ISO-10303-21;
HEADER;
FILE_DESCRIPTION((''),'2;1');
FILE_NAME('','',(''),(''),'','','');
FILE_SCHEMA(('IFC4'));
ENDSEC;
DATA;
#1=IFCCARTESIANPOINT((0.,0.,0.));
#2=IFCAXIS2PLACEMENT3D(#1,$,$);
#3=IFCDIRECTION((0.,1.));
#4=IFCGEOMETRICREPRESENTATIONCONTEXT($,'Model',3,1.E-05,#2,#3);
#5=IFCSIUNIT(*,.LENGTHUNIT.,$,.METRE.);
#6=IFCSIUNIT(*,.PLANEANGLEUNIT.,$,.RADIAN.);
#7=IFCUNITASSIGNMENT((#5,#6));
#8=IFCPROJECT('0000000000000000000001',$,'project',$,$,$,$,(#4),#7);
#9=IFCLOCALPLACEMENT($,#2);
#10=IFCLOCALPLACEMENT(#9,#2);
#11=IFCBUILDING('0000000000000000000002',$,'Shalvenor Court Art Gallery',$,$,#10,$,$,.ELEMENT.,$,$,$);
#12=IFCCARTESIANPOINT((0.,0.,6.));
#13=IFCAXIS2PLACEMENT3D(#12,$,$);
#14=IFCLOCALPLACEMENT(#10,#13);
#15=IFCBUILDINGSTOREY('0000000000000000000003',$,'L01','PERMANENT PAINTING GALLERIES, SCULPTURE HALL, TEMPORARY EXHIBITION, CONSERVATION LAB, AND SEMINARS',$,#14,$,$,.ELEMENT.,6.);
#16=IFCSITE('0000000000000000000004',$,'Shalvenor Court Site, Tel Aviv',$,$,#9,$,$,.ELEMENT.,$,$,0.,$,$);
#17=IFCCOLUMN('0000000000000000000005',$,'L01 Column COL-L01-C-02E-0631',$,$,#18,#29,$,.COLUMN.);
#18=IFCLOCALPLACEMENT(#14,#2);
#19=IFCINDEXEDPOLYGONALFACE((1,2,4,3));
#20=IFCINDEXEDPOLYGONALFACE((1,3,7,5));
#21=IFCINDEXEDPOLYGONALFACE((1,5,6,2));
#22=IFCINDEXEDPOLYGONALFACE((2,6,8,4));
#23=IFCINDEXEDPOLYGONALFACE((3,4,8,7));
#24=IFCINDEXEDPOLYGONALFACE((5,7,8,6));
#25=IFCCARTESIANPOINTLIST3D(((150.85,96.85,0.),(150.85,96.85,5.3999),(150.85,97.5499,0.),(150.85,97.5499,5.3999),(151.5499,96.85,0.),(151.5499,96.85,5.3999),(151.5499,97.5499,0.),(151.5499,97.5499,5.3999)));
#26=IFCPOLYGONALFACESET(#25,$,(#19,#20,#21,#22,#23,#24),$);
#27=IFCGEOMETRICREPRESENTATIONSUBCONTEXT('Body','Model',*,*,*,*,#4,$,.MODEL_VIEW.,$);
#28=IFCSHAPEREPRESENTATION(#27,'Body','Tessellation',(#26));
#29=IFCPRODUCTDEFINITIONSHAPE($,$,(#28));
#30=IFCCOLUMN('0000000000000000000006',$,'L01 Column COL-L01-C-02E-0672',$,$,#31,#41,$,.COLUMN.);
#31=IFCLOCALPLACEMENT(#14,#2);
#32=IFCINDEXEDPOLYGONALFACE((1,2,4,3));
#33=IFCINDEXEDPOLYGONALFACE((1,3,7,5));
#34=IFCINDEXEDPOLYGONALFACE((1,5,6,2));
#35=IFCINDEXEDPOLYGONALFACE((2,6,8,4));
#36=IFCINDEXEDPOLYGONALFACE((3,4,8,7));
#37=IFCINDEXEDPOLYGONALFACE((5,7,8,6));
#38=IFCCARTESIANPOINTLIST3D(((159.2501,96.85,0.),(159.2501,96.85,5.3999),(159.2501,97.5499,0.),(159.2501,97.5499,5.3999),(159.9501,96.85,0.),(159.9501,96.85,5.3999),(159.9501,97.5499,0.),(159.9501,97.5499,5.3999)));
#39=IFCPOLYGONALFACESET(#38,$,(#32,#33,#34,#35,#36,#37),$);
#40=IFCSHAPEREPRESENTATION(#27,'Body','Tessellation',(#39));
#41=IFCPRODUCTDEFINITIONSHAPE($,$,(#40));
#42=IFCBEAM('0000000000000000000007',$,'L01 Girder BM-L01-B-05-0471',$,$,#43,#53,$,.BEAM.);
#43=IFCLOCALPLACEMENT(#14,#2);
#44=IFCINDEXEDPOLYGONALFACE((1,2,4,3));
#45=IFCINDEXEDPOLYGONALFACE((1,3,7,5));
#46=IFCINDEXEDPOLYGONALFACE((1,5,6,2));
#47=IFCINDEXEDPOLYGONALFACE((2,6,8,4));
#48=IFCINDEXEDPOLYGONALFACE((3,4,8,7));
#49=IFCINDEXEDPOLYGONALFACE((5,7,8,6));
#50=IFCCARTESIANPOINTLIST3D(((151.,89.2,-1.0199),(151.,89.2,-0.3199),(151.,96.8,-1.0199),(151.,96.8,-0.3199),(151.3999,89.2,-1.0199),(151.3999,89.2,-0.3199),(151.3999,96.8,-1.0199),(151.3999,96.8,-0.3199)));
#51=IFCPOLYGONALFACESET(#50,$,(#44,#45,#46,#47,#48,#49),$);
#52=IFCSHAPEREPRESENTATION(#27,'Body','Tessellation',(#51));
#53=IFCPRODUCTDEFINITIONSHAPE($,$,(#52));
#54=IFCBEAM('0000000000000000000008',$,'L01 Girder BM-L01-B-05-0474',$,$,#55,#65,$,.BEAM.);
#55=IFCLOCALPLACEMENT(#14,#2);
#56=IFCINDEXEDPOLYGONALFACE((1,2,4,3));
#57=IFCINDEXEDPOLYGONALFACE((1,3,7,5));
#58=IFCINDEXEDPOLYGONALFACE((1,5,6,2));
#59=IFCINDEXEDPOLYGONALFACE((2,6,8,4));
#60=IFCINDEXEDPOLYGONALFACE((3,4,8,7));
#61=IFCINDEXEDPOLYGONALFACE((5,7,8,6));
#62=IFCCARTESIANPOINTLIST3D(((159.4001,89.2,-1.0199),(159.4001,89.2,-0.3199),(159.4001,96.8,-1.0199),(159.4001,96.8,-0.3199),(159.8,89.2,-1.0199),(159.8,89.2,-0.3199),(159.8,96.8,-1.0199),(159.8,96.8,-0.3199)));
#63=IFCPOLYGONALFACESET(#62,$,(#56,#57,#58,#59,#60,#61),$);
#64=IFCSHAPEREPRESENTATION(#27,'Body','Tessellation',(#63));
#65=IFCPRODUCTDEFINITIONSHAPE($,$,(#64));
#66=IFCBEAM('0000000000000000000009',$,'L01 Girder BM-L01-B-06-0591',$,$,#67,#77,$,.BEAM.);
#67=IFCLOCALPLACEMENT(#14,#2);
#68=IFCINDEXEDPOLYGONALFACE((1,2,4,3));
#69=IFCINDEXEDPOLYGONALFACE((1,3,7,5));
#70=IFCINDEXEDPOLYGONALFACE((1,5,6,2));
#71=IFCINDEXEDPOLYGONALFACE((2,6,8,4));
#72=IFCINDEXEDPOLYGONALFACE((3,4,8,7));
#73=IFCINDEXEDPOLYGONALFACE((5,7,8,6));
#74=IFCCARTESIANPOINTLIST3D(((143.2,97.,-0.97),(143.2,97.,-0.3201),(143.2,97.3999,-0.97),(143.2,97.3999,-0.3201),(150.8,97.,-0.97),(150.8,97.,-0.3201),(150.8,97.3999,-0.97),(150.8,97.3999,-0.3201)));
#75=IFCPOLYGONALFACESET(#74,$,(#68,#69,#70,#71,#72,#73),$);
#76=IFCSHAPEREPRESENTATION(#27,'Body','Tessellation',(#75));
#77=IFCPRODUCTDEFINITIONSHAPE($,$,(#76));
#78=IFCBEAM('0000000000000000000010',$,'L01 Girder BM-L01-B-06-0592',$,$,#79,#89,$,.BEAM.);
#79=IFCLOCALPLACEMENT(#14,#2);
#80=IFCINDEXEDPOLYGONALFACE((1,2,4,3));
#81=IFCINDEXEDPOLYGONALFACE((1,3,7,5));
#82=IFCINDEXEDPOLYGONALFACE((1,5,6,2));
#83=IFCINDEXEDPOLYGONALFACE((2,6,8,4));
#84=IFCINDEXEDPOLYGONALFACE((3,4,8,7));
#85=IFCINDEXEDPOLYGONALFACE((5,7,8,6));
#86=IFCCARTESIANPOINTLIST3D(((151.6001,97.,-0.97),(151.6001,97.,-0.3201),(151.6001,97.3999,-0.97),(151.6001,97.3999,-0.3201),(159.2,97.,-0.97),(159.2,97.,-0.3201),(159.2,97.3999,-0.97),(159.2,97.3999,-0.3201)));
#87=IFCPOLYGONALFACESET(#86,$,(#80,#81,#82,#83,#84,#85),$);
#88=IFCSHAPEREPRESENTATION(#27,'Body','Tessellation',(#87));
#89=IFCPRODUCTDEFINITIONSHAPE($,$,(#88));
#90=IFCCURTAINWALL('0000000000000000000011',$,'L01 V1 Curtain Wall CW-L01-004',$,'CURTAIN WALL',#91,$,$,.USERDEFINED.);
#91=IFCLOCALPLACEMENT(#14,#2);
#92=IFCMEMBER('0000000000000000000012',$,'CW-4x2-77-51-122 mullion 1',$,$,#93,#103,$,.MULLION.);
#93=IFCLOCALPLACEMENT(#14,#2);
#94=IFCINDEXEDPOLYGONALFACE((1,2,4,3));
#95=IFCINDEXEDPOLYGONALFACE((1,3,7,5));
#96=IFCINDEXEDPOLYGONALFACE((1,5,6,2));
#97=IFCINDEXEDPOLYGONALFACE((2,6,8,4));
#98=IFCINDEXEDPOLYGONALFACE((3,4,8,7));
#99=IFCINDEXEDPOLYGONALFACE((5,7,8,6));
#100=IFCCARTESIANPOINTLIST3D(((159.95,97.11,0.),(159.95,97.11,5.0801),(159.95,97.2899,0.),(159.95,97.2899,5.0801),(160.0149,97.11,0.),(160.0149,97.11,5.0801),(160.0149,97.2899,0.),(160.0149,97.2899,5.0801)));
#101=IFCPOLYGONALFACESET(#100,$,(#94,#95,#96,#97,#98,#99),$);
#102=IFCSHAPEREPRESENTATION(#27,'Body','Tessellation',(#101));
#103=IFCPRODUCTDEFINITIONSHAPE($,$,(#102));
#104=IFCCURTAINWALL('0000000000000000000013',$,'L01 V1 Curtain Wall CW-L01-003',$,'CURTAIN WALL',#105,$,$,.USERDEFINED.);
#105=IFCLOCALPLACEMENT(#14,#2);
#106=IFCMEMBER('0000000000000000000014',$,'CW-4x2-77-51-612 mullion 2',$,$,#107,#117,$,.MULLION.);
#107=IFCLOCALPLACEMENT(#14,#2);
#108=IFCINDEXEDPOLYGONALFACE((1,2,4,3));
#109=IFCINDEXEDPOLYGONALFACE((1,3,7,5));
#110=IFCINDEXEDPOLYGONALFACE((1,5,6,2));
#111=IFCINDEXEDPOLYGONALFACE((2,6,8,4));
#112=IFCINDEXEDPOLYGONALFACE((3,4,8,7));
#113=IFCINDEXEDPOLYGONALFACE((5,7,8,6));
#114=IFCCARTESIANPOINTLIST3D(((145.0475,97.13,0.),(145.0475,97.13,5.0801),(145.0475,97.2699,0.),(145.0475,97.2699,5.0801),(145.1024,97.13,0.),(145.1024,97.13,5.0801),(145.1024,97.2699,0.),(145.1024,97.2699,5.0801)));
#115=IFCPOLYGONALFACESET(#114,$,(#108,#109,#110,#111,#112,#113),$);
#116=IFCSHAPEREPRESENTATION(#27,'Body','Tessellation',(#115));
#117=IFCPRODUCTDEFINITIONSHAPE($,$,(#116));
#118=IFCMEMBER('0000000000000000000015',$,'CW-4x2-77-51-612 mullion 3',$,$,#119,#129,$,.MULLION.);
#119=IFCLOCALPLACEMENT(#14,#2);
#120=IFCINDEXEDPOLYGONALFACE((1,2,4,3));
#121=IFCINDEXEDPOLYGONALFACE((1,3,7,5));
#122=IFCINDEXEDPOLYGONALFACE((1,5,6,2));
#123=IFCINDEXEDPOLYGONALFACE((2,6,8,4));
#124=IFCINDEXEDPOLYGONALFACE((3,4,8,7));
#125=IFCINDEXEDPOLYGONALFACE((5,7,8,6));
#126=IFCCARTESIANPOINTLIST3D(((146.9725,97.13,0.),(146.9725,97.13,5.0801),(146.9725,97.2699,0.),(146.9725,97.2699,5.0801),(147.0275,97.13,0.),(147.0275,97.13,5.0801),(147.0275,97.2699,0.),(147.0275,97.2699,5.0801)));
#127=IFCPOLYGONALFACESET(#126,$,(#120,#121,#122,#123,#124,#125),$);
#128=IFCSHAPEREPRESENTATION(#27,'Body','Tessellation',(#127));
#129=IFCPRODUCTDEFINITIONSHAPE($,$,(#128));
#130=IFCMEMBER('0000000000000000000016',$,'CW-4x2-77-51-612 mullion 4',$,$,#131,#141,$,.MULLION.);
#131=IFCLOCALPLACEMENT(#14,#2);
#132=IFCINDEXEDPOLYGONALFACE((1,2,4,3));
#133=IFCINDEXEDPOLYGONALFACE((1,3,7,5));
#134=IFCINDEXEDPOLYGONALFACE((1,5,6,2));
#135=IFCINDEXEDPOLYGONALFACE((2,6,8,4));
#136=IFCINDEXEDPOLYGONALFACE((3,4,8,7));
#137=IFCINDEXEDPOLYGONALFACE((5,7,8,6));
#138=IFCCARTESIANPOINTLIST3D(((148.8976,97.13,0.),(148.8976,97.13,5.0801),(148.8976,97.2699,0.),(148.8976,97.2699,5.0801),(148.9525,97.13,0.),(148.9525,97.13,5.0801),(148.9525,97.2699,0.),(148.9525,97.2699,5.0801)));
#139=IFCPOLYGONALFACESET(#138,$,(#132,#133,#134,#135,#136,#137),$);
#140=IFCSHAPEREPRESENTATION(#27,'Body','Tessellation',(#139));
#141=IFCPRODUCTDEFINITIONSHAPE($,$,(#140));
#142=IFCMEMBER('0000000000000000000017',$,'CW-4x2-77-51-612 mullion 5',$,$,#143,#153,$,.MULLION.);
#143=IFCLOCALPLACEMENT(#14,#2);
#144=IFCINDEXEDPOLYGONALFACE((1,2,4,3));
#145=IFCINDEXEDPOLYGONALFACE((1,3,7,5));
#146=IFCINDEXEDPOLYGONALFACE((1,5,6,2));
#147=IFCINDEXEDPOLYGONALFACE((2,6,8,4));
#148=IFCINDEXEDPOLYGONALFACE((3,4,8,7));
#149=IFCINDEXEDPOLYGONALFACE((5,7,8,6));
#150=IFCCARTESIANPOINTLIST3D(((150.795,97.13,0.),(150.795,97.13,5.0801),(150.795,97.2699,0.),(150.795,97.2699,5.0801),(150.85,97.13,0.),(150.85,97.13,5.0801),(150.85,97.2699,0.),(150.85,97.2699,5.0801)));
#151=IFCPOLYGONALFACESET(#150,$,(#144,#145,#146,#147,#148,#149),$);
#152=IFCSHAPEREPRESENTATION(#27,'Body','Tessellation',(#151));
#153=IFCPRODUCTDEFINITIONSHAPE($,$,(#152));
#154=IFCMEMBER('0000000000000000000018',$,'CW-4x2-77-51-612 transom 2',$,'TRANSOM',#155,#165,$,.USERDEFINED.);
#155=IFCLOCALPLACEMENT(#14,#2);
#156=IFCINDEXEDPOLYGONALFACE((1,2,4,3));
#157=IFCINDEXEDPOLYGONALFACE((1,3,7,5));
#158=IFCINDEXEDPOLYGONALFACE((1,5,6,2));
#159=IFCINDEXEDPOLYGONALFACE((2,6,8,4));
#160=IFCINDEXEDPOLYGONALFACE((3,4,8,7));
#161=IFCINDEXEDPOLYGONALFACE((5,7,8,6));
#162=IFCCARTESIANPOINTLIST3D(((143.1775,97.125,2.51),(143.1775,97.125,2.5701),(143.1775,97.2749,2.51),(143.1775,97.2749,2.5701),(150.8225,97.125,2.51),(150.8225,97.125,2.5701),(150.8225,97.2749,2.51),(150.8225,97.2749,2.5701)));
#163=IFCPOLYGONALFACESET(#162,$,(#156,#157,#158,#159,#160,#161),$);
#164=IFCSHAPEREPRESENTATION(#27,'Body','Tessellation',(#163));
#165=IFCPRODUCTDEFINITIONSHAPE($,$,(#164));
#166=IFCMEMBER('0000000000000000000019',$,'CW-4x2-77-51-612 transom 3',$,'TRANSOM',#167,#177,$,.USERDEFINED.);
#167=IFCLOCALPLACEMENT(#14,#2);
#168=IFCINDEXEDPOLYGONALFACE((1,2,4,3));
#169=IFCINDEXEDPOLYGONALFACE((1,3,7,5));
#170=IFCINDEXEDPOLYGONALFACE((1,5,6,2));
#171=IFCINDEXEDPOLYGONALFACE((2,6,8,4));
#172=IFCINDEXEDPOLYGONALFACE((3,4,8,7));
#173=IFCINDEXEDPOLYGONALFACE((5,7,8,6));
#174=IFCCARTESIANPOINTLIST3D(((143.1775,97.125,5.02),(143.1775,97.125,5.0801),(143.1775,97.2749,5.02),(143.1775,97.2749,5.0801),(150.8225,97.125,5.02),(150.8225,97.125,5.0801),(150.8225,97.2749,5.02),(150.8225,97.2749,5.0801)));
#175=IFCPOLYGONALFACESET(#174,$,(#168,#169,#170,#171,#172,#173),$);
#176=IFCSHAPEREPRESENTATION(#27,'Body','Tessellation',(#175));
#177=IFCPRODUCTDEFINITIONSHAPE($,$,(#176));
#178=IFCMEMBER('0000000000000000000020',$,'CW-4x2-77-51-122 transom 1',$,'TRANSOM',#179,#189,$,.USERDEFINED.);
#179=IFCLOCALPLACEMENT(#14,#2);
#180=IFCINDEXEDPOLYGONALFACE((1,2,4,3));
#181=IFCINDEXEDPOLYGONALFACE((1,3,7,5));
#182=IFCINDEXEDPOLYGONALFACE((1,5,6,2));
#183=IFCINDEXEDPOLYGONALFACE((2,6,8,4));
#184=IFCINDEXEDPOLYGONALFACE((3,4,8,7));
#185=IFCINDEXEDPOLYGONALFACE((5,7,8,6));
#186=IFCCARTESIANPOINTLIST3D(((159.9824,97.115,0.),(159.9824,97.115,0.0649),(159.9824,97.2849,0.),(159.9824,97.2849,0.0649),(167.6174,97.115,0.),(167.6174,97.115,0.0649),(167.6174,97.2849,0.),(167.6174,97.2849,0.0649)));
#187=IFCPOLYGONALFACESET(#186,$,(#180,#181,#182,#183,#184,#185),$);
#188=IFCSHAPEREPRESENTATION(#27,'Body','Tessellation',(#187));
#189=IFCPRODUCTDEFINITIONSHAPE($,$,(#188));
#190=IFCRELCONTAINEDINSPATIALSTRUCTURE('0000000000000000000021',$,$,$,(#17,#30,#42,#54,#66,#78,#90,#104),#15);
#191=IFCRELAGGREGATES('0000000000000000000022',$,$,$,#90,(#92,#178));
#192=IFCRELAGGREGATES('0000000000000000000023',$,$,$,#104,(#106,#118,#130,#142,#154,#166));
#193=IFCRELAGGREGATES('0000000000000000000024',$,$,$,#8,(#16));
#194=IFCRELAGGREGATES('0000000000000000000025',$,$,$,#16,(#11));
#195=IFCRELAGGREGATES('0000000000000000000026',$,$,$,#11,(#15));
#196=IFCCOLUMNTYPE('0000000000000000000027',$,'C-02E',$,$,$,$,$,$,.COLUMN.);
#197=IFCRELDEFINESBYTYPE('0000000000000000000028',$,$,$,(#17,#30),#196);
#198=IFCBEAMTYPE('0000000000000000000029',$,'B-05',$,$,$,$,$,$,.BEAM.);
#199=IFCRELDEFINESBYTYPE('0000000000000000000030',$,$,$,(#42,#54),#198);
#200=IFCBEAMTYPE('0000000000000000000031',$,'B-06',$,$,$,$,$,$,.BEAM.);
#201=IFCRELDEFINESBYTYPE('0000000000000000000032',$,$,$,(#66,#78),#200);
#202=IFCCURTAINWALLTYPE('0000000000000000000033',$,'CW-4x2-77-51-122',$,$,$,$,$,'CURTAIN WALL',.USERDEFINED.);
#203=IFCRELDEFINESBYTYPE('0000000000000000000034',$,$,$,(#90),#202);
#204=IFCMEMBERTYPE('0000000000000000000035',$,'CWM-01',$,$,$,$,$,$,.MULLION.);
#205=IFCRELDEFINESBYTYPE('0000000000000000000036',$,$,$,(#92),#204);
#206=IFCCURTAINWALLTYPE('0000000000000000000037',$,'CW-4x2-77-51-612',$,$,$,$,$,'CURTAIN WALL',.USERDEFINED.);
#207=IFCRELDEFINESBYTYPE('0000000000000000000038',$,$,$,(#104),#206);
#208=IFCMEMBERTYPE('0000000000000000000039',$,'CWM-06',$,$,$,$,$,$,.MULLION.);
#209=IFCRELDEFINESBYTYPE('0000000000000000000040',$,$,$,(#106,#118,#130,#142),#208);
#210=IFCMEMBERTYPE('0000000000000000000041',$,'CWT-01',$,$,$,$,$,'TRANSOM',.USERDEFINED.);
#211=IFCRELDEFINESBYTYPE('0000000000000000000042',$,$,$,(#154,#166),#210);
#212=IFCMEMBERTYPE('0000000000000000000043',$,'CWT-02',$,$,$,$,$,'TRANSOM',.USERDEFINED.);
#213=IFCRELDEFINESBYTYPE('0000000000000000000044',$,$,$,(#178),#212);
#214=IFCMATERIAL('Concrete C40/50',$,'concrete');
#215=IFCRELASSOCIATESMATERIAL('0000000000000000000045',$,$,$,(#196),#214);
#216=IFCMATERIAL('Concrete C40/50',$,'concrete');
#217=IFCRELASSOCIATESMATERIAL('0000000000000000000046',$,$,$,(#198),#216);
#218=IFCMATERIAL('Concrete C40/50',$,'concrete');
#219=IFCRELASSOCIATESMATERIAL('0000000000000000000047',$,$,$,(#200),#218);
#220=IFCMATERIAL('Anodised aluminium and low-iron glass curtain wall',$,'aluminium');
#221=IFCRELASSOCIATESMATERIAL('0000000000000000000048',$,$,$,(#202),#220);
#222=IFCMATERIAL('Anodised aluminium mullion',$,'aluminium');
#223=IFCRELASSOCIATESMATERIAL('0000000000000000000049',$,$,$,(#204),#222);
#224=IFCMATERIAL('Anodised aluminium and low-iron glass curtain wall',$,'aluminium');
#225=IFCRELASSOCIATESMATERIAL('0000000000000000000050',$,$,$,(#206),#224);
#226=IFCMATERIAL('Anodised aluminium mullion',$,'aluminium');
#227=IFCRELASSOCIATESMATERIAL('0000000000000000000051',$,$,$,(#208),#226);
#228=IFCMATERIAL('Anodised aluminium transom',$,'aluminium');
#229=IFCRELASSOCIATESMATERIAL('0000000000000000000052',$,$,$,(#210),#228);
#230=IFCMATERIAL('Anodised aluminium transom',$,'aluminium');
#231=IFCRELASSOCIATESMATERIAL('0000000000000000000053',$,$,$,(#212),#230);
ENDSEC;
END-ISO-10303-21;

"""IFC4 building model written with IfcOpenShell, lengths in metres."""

from ifc_helpers import new_model, si_unit, direction, frame, origin, origin_2d, place, context, subcontext, project, spatial, rectangle, extrude, material, material_profile, profile_set, type_object, element, aggregate, save


model = new_model("IFC4")

# Units and contexts
model_context = context("Model", 3, precision=1e-05, world=origin(), true_north=direction((0.0, 1.0)))
body_context = subcontext(model_context, "Body", "Model", "MODEL_VIEW")
ifc_project = project(units=[si_unit("LENGTHUNIT", "METRE"), si_unit("PLANEANGLEUNIT", "RADIAN")], contexts=[model_context])

# Site, building, storey
site_placement = place(None, origin())
site = spatial("IfcSite", under=ifc_project, at=site_placement, Name="Shalvenor Court Site, Tel Aviv", CompositionType="ELEMENT", RefElevation=0.0)
building_placement = place(site_placement, origin())
building = spatial("IfcBuilding", under=site, at=building_placement, Name="Shalvenor Court Art Gallery", CompositionType="ELEMENT")
storey_placement = place(building_placement, frame((0.0, 0.0, 6.0)))
storey = spatial("IfcBuildingStorey", under=building, at=storey_placement, Name="L01", Description="PERMANENT PAINTING GALLERIES, SCULPTURE HALL, TEMPORARY EXHIBITION, CONSERVATION LAB, AND SEMINARS", CompositionType="ELEMENT", Elevation=6.0)

# Columns
ifc_material_1 = material(Name="Concrete C40/50", Category="concrete")
ifc_material_profile_1 = material_profile(ifc_material_1, rectangle(XDim=0.7, YDim=0.7, at=origin_2d()), Name="RC 700x700")
ifc_profile_set_1 = profile_set([ifc_material_profile_1], Name="Concrete C40/50")
column_type = type_object("IfcColumnType", Name="C-02E", PredefinedType="COLUMN", material=ifc_profile_set_1)
for number, where, z_axis, x_axis, name in (
    (1, (151.2, 97.2, 0.0), (0.0, 0.0, 1.0), (1.0, 0.0, 0.0), "L01 Column COL-L01-C-02E-0631"),
    (2, (159.6001, 97.2, 0.0), (0.0, 0.0, 1.0), (1.0, 0.0, 0.0), "L01 Column COL-L01-C-02E-0672"),
):
    element("IfcColumn", number, at=place(storey_placement, frame(where, z_axis=z_axis, x_axis=x_axis)), inside=storey, type_object=column_type, Name=name, PredefinedType="COLUMN", context=body_context, shape_type="SweptSolid", body=[
        extrude(rectangle(XDim=0.7, YDim=0.7, at=origin_2d()), origin(), (0.0, 0.0, 1.0), 5.3999),
    ])

# Beams
ifc_material_2 = material(Name="Concrete C40/50", Category="concrete")
ifc_material_profile_2 = material_profile(ifc_material_2, rectangle(XDim=0.3999, YDim=0.7, at=origin_2d()), Name="RC 400x700")
ifc_profile_set_2 = profile_set([ifc_material_profile_2], Name="Concrete C40/50")
beam_type_1 = type_object("IfcBeamType", Name="B-05", PredefinedType="BEAM", material=ifc_profile_set_2)
for number, where, z_axis, x_axis, name in (
    (3, (151.2, 89.2, -0.6699), (0.0, 1.0, 0.0), (-1.0, 0.0, 0.0), "L01 Girder BM-L01-B-05-0471"),
    (4, (159.6001, 89.2, -0.6699), (0.0, 1.0, 0.0), (-1.0, 0.0, 0.0), "L01 Girder BM-L01-B-05-0474"),
):
    element("IfcBeam", number, at=place(storey_placement, frame(where, z_axis=z_axis, x_axis=x_axis)), inside=storey, type_object=beam_type_1, Name=name, PredefinedType="BEAM", context=body_context, shape_type="SweptSolid", body=[
        extrude(rectangle(XDim=0.3999, YDim=0.7, at=origin_2d()), origin(), (0.0, 0.0, 1.0), 7.6001),
    ])
ifc_material_3 = material(Name="Concrete C40/50", Category="concrete")
ifc_material_profile_3 = material_profile(ifc_material_3, rectangle(XDim=0.3999, YDim=0.6499, at=origin_2d()), Name="RC 400x650")
ifc_profile_set_3 = profile_set([ifc_material_profile_3], Name="Concrete C40/50")
beam_type_2 = type_object("IfcBeamType", Name="B-06", PredefinedType="BEAM", material=ifc_profile_set_3)
beam_1_placement = place(storey_placement, frame((143.2, 97.2, -0.645), z_axis=(1.0, 0.0, 0.0), x_axis=(0.0, 1.0, 0.0)))
element("IfcBeam", 5, at=beam_1_placement, inside=storey, type_object=beam_type_2, Name="L01 Girder BM-L01-B-06-0591", PredefinedType="BEAM", context=body_context, shape_type="SweptSolid", body=[
    extrude(rectangle(XDim=0.3999, YDim=0.6499, at=origin_2d()), origin(), (0.0, 0.0, 1.0), 7.6001),
])
beam_2_placement = place(storey_placement, frame((151.6001, 97.2, -0.645), z_axis=(1.0, 0.0, 0.0), x_axis=(0.0, 1.0, 0.0)))
element("IfcBeam", 6, at=beam_2_placement, inside=storey, type_object=beam_type_2, Name="L01 Girder BM-L01-B-06-0592", PredefinedType="BEAM", context=body_context, shape_type="SweptSolid", body=[
    extrude(rectangle(XDim=0.3999, YDim=0.6499, at=origin_2d()), origin(), (0.0, 0.0, 1.0), 7.5999),
])

# Curtain wall, member
ifc_material_4 = material(Name="Anodised aluminium and low-iron glass curtain wall", Category="aluminium")
curtain_wall_type_1 = type_object("IfcCurtainWallType", Name="CW-4x2-77-51-122", ElementType="CURTAIN WALL", PredefinedType="USERDEFINED", material=ifc_material_4)
curtain_wall_1_placement = place(storey_placement, origin())
curtain_wall_1 = element("IfcCurtainWall", 7, at=curtain_wall_1_placement, inside=storey, type_object=curtain_wall_type_1, Name="L01 V1 Curtain Wall CW-L01-004", ObjectType="CURTAIN WALL", PredefinedType="USERDEFINED")
ifc_material_5 = material(Name="Anodised aluminium mullion", Category="aluminium")
ifc_material_profile_4 = material_profile(ifc_material_5, rectangle(XDim=0.0649, YDim=0.1799, at=origin_2d()), Name="CWM-01")
ifc_profile_set_4 = profile_set([ifc_material_profile_4], Name="Anodised aluminium mullion")
member_type_1 = type_object("IfcMemberType", Name="CWM-01", PredefinedType="MULLION", material=ifc_profile_set_4)
member_1_placement = place(storey_placement, frame((159.9824, 97.2, 0.0), z_axis=(0.0, 0.0, 1.0), x_axis=(1.0, 0.0, 0.0)))
member_1 = element("IfcMember", 8, at=member_1_placement, type_object=member_type_1, Name="CW-4x2-77-51-122 mullion 1", PredefinedType="MULLION", context=body_context, shape_type="SweptSolid", body=[
    extrude(rectangle(XDim=0.0649, YDim=0.1799, at=origin_2d()), origin(), (0.0, 0.0, 1.0), 5.0801),
])

# Curtain wall, members
ifc_material_6 = material(Name="Anodised aluminium and low-iron glass curtain wall", Category="aluminium")
curtain_wall_type_2 = type_object("IfcCurtainWallType", Name="CW-4x2-77-51-612", ElementType="CURTAIN WALL", PredefinedType="USERDEFINED", material=ifc_material_6)
curtain_wall_2_placement = place(storey_placement, origin())
curtain_wall_2 = element("IfcCurtainWall", 9, at=curtain_wall_2_placement, inside=storey, type_object=curtain_wall_type_2, Name="L01 V1 Curtain Wall CW-L01-003", ObjectType="CURTAIN WALL", PredefinedType="USERDEFINED")
ifc_material_7 = material(Name="Anodised aluminium mullion", Category="aluminium")
ifc_material_profile_5 = material_profile(ifc_material_7, rectangle(XDim=0.0549, YDim=0.1399, at=origin_2d()), Name="CWM-06")
ifc_profile_set_5 = profile_set([ifc_material_profile_5], Name="Anodised aluminium mullion")
member_type_2 = type_object("IfcMemberType", Name="CWM-06", PredefinedType="MULLION", material=ifc_profile_set_5)
member_2_placement = place(storey_placement, frame((145.075, 97.2, 0.0), z_axis=(0.0, 0.0, 1.0), x_axis=(1.0, 0.0, 0.0)))
member_2 = element("IfcMember", 10, at=member_2_placement, type_object=member_type_2, Name="CW-4x2-77-51-612 mullion 2", PredefinedType="MULLION", context=body_context, shape_type="SweptSolid", body=[
    extrude(rectangle(XDim=0.0549, YDim=0.1399, at=origin_2d()), origin(), (0.0, 0.0, 1.0), 5.0801),
])
member_3_placement = place(storey_placement, frame((147.0, 97.2, 0.0), z_axis=(0.0, 0.0, 1.0), x_axis=(1.0, 0.0, 0.0)))
member_3 = element("IfcMember", 11, at=member_3_placement, type_object=member_type_2, Name="CW-4x2-77-51-612 mullion 3", PredefinedType="MULLION", context=body_context, shape_type="SweptSolid", body=[
    extrude(rectangle(XDim=0.0549, YDim=0.1399, at=origin_2d()), origin(), (0.0, 0.0, 1.0), 5.0801),
])
member_4_placement = place(storey_placement, frame((148.925, 97.2, 0.0), z_axis=(0.0, 0.0, 1.0), x_axis=(1.0, 0.0, 0.0)))
member_4 = element("IfcMember", 12, at=member_4_placement, type_object=member_type_2, Name="CW-4x2-77-51-612 mullion 4", PredefinedType="MULLION", context=body_context, shape_type="SweptSolid", body=[
    extrude(rectangle(XDim=0.0549, YDim=0.1399, at=origin_2d()), origin(), (0.0, 0.0, 1.0), 5.0801),
])
member_5_placement = place(storey_placement, frame((150.8225, 97.2, 0.0), z_axis=(0.0, 0.0, 1.0), x_axis=(1.0, 0.0, 0.0)))
member_5 = element("IfcMember", 13, at=member_5_placement, type_object=member_type_2, Name="CW-4x2-77-51-612 mullion 5", PredefinedType="MULLION", context=body_context, shape_type="SweptSolid", body=[
    extrude(rectangle(XDim=0.0549, YDim=0.1399, at=origin_2d()), origin(), (0.0, 0.0, 1.0), 5.0801),
])
ifc_material_8 = material(Name="Anodised aluminium transom", Category="aluminium")
ifc_material_profile_6 = material_profile(ifc_material_8, rectangle(XDim=0.1499, YDim=0.0601, at=origin_2d()), Name="CWT-01")
ifc_profile_set_6 = profile_set([ifc_material_profile_6], Name="Anodised aluminium transom")
member_type_3 = type_object("IfcMemberType", Name="CWT-01", ElementType="TRANSOM", PredefinedType="USERDEFINED", material=ifc_profile_set_6)
member_6_placement = place(storey_placement, frame((143.1775, 97.2, 2.54), z_axis=(1.0, 0.0, 0.0), x_axis=(0.0, 1.0, 0.0)))
member_6 = element("IfcMember", 14, at=member_6_placement, type_object=member_type_3, Name="CW-4x2-77-51-612 transom 2", ObjectType="TRANSOM", PredefinedType="USERDEFINED", context=body_context, shape_type="SweptSolid", body=[
    extrude(rectangle(XDim=0.1499, YDim=0.0601, at=origin_2d()), origin(), (0.0, 0.0, 1.0), 7.645),
])
member_7_placement = place(storey_placement, frame((143.1775, 97.2, 5.05), z_axis=(1.0, 0.0, 0.0), x_axis=(0.0, 1.0, 0.0)))
member_7 = element("IfcMember", 15, at=member_7_placement, type_object=member_type_3, Name="CW-4x2-77-51-612 transom 3", ObjectType="TRANSOM", PredefinedType="USERDEFINED", context=body_context, shape_type="SweptSolid", body=[
    extrude(rectangle(XDim=0.1499, YDim=0.0601, at=origin_2d()), origin(), (0.0, 0.0, 1.0), 7.645),
])

# Member
ifc_material_9 = material(Name="Anodised aluminium transom", Category="aluminium")
ifc_material_profile_7 = material_profile(ifc_material_9, rectangle(XDim=0.1699, YDim=0.0649, at=origin_2d()), Name="CWT-02")
ifc_profile_set_7 = profile_set([ifc_material_profile_7], Name="Anodised aluminium transom")
member_type_4 = type_object("IfcMemberType", Name="CWT-02", ElementType="TRANSOM", PredefinedType="USERDEFINED", material=ifc_profile_set_7)
member_8_placement = place(storey_placement, frame((159.9824, 97.2, 0.0325), z_axis=(1.0, 0.0, 0.0), x_axis=(0.0, 1.0, 0.0)))
member_8 = element("IfcMember", 16, at=member_8_placement, type_object=member_type_4, Name="CW-4x2-77-51-122 transom 1", ObjectType="TRANSOM", PredefinedType="USERDEFINED", context=body_context, shape_type="SweptSolid", body=[
    extrude(rectangle(XDim=0.1699, YDim=0.0649, at=origin_2d()), origin(), (0.0, 0.0, 1.0), 7.635),
])
aggregate(curtain_wall_1, [member_1, member_8])

aggregate(curtain_wall_2, [member_2, member_3, member_4, member_5, member_6, member_7])

save(model, "model.ifc")
